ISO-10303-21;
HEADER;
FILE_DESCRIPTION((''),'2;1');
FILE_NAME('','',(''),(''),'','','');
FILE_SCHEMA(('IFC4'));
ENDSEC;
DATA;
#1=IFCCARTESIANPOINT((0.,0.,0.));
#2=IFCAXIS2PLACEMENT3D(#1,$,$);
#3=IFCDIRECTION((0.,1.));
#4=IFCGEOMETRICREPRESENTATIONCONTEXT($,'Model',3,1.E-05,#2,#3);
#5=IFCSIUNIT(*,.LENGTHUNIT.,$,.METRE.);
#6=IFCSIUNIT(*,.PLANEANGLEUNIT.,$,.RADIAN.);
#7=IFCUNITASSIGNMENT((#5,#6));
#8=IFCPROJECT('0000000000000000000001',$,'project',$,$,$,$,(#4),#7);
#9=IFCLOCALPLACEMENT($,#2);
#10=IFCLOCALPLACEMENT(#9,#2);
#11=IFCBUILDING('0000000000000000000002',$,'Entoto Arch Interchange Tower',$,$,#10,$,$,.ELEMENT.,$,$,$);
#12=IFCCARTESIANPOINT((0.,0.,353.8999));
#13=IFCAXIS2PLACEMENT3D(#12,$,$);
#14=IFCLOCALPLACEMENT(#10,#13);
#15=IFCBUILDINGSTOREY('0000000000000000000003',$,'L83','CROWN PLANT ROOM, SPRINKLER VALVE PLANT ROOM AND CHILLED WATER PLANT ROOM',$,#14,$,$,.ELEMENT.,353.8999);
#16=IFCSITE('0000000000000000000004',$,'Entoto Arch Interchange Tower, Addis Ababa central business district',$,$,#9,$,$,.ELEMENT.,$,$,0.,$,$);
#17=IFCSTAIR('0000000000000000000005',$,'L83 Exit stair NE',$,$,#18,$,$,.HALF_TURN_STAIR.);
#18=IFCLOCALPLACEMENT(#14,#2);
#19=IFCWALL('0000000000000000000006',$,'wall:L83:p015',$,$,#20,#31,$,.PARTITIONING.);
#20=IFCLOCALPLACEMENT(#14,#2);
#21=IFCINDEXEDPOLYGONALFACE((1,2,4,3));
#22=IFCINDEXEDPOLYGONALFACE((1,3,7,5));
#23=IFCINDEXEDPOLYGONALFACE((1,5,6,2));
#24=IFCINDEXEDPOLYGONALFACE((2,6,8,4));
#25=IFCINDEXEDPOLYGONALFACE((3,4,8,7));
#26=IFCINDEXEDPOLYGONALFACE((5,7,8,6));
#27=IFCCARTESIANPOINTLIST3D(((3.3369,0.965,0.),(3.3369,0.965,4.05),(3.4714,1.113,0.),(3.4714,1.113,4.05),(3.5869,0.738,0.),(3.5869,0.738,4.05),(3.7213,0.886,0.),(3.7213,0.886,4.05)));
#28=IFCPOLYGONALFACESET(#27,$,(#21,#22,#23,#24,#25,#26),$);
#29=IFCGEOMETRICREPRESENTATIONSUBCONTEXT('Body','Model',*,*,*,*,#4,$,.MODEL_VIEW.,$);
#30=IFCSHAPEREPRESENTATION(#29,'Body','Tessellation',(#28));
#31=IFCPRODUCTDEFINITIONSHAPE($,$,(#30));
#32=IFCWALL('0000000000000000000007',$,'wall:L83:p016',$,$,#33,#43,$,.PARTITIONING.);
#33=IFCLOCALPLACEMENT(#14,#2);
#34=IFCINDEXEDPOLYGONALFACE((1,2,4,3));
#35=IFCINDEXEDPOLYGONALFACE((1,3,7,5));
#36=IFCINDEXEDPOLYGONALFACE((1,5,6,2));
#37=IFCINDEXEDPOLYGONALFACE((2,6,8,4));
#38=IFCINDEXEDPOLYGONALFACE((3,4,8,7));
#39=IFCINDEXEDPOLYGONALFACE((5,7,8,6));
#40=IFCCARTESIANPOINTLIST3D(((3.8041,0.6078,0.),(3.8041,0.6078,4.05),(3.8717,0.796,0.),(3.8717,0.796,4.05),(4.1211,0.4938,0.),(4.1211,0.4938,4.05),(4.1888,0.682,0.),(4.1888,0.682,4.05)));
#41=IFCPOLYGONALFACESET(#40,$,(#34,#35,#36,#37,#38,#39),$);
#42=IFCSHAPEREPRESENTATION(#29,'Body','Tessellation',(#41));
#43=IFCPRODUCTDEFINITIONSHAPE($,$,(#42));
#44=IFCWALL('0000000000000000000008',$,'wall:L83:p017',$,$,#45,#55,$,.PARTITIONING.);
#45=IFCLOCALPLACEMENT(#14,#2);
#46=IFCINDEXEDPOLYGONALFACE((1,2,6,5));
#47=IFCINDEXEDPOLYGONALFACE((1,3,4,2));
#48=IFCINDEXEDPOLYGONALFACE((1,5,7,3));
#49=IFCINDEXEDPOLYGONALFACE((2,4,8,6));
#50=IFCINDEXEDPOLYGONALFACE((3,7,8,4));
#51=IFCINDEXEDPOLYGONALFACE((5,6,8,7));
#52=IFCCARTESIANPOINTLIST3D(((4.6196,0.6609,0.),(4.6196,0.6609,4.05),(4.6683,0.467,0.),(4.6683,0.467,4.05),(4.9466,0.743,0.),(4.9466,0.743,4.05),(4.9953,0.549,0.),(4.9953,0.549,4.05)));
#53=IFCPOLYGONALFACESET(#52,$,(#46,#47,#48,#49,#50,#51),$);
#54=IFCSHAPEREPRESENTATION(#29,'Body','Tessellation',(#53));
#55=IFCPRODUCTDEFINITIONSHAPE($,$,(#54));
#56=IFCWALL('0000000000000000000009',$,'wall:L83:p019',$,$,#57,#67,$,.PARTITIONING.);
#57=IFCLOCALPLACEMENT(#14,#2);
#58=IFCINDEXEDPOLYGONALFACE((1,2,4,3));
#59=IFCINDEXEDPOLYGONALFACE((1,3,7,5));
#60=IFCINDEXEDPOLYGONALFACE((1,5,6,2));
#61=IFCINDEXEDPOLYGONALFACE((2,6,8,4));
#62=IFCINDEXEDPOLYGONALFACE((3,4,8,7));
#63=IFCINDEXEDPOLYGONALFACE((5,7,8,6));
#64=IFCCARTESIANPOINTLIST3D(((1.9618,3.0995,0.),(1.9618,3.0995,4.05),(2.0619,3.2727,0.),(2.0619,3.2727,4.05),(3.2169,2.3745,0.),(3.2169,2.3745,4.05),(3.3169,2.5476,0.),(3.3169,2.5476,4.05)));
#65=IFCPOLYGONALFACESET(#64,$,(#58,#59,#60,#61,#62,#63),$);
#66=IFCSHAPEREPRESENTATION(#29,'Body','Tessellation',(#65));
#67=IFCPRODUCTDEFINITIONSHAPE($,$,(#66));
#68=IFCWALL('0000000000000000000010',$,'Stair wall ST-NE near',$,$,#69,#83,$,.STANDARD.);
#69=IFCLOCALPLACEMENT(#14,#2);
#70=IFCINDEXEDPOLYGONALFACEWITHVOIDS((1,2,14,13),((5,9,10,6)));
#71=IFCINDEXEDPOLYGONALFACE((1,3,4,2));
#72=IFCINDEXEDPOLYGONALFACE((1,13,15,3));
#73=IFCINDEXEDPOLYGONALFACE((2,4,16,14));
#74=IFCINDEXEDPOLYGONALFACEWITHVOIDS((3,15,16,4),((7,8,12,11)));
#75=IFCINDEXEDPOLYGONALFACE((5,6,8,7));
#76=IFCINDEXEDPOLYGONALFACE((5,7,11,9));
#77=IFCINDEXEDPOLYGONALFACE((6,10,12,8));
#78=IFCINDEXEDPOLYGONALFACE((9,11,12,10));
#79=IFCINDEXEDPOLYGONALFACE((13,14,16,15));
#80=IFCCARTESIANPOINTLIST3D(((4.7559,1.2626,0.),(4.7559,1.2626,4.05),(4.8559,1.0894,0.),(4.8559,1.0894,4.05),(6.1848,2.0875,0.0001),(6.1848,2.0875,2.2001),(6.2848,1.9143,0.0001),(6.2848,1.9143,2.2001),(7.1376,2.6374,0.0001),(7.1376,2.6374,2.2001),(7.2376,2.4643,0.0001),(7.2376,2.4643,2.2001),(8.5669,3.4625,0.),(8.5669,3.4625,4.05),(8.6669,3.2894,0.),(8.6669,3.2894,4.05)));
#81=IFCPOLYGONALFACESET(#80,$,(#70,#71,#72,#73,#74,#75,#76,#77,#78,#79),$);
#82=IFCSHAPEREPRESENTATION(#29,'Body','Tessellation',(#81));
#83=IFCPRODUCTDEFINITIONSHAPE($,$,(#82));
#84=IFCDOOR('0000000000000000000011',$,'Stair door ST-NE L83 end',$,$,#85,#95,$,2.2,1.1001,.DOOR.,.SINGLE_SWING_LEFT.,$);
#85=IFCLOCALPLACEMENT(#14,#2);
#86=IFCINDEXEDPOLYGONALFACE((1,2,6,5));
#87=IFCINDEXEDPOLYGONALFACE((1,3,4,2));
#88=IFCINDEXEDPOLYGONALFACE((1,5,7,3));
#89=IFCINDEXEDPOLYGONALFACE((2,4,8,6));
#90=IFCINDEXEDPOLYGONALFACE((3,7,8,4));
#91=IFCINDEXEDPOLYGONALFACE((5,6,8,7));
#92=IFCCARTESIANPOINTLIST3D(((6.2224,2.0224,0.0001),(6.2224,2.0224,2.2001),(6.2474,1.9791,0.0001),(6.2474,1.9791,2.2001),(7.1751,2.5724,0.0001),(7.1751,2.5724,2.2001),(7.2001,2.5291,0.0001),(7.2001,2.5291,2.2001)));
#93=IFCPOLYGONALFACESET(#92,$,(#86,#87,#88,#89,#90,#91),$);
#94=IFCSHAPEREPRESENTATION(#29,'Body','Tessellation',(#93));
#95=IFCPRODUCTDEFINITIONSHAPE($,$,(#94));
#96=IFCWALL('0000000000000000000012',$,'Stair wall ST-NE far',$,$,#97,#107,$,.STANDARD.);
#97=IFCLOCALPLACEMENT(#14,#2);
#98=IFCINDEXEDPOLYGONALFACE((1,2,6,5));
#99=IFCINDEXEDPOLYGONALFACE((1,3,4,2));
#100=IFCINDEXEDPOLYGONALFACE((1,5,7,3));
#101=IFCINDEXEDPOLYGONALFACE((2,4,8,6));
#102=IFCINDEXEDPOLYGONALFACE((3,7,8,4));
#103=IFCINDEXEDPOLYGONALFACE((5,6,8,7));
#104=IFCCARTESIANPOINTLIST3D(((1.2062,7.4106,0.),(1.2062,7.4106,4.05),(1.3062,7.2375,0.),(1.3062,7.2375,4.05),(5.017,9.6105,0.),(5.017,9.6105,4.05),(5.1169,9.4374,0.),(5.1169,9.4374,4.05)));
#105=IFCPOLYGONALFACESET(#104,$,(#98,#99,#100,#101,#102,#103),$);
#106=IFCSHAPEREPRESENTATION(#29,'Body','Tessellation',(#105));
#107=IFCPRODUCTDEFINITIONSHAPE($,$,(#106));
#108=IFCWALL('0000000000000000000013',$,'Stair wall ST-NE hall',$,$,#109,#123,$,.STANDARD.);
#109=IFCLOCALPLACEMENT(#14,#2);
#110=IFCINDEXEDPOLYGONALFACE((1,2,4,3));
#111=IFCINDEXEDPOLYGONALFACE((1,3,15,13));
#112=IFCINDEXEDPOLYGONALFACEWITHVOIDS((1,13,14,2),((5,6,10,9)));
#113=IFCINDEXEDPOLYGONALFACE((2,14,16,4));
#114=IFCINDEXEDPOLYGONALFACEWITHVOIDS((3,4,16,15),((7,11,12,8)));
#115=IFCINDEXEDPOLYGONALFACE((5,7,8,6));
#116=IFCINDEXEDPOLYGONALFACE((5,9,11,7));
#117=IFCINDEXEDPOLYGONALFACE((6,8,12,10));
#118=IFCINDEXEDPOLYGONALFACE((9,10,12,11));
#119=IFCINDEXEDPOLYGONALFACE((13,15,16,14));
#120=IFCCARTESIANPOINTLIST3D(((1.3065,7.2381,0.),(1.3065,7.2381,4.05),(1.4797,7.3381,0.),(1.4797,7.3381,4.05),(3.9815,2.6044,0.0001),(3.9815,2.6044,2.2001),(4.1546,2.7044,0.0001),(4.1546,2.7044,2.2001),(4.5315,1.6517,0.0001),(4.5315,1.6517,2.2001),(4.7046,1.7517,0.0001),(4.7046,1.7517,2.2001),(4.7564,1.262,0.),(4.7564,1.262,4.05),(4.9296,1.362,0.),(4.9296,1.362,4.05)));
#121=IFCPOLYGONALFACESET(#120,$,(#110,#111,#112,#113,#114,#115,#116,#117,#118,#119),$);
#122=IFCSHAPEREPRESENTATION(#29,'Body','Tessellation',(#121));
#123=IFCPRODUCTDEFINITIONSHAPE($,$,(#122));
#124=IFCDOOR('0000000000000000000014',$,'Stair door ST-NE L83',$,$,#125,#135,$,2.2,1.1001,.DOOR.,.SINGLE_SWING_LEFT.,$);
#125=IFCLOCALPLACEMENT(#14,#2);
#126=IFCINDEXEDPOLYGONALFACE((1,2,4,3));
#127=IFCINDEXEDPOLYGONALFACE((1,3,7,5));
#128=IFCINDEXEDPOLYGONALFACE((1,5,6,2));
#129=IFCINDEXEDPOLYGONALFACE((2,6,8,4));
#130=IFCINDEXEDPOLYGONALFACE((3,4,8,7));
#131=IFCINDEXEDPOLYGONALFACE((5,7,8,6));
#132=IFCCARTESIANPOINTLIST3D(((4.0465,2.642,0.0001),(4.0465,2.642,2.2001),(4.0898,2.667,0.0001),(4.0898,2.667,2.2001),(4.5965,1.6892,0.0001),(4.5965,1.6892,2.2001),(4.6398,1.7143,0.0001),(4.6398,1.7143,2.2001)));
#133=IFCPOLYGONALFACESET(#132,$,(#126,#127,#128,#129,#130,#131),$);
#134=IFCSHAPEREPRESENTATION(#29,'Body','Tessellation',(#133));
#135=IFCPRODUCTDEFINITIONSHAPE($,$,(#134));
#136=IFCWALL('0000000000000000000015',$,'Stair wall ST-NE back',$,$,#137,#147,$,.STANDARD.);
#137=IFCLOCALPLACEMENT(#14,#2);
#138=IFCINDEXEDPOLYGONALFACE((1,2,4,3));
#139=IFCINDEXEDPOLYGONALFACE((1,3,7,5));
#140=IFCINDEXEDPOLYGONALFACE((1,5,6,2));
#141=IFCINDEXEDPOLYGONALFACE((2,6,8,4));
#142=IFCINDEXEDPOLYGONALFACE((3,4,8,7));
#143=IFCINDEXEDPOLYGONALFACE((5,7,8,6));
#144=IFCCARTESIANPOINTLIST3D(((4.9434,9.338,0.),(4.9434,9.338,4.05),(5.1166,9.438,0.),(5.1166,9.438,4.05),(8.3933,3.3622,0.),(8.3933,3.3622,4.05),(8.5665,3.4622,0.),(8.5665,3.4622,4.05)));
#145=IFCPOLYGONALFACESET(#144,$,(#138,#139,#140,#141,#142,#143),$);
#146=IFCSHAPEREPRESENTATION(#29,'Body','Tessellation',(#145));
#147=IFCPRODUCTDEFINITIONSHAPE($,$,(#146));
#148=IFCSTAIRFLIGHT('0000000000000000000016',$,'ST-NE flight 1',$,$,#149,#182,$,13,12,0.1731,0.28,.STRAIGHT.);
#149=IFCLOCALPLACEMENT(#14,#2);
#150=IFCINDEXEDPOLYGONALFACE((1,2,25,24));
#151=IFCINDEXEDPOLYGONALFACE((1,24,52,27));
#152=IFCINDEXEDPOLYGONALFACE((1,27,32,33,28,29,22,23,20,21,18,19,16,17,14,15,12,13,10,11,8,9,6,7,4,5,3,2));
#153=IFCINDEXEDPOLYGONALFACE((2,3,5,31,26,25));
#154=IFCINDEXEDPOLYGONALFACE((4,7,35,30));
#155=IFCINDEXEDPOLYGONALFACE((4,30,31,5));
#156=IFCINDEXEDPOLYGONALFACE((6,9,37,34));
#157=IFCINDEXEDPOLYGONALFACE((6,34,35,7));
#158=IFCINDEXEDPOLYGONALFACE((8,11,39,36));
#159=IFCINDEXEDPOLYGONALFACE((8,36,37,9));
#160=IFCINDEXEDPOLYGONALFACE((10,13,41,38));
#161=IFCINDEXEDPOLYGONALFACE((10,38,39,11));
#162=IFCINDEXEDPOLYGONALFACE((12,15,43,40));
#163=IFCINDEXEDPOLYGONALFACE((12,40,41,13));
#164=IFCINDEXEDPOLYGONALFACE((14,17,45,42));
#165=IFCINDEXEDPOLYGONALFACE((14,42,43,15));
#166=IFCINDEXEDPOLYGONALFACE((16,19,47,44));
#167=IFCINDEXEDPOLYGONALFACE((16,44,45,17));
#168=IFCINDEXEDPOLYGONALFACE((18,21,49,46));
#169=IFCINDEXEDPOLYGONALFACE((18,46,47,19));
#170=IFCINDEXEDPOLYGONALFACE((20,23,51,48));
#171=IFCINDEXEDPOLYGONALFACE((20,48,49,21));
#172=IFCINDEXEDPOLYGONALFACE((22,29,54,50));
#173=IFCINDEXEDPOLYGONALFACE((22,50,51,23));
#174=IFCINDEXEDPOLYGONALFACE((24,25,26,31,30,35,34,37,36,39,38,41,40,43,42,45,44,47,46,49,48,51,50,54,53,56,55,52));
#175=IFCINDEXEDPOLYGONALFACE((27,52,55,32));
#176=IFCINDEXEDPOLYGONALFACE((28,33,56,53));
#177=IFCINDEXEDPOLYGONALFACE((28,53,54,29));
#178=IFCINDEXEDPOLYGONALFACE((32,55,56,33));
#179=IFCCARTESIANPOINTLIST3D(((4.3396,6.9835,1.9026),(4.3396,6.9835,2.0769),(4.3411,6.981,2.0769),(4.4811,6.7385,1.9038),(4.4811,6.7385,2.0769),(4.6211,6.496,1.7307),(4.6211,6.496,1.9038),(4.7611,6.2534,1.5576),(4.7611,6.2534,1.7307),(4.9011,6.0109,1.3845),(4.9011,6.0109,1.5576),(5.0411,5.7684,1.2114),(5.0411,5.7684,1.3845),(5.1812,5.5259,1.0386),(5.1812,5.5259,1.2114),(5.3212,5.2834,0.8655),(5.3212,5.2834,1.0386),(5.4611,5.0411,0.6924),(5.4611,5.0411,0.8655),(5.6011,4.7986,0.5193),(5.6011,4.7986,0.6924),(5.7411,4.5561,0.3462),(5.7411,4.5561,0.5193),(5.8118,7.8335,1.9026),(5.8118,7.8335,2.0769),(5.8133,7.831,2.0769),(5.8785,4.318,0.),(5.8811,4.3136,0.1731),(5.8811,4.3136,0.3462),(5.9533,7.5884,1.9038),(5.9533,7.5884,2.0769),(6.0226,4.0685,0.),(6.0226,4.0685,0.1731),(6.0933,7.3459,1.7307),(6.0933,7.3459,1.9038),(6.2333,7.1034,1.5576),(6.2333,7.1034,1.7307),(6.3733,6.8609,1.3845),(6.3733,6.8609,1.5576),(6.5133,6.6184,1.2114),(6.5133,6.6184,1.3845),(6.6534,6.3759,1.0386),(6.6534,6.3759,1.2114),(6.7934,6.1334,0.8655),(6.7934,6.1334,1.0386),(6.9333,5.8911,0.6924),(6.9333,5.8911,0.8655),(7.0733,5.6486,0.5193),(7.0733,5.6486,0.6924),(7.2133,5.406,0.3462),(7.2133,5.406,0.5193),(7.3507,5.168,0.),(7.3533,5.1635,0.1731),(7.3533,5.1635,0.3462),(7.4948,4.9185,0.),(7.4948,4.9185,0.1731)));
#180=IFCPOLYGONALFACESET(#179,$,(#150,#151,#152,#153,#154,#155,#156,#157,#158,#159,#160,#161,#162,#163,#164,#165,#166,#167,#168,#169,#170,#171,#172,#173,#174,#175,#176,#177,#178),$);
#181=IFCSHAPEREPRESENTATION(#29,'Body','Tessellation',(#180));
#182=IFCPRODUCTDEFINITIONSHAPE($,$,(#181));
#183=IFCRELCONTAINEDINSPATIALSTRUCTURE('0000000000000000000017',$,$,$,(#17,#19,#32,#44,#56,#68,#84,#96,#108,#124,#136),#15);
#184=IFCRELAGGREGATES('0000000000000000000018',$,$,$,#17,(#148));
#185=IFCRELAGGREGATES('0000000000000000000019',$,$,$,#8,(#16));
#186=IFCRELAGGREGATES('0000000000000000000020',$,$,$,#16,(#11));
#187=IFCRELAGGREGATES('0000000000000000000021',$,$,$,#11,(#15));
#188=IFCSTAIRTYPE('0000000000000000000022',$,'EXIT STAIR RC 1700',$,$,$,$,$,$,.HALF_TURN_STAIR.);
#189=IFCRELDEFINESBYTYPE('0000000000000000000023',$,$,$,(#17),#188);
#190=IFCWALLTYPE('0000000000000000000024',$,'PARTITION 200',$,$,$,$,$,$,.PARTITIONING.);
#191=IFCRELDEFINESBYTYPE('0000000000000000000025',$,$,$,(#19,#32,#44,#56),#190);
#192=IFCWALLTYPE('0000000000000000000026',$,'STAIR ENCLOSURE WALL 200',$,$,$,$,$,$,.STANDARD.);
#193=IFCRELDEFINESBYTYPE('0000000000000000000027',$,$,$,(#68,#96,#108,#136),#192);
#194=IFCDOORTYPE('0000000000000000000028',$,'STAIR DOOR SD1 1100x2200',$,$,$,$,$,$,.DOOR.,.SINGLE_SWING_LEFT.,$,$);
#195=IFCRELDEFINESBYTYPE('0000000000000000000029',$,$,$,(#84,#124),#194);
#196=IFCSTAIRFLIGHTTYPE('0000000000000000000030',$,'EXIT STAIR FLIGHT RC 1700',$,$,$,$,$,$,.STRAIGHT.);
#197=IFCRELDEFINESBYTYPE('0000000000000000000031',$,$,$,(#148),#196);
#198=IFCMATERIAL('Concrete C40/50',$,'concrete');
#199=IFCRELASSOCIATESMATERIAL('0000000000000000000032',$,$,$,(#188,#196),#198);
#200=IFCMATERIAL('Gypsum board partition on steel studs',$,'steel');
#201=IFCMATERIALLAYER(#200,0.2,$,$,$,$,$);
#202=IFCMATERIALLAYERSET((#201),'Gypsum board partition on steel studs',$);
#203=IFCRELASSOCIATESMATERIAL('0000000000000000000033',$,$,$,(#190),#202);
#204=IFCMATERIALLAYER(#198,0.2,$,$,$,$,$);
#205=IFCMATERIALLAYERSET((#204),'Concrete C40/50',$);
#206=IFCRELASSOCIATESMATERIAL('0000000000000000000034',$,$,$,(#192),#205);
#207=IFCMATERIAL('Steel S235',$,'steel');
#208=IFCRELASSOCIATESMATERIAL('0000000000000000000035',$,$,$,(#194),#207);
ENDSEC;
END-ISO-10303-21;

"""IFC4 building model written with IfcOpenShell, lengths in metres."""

from ifc_helpers import new_model, si_unit, direction, frame, frame_2d, origin, place, context, subcontext, project, spatial, polyline, rectangle, outline, extrude, material, layer, layer_set, type_object, element, fill, aggregate, save


model = new_model("IFC4")

# Units and contexts
model_context = context("Model", 3, precision=1e-05, world=origin(), true_north=direction((0.0, 1.0)))
body_context = subcontext(model_context, "Body", "Model", "MODEL_VIEW")
ifc_project = project(units=[si_unit("LENGTHUNIT", "METRE"), si_unit("PLANEANGLEUNIT", "RADIAN")], contexts=[model_context])

# Site, building, storey
site_placement = place(None, origin())
site = spatial("IfcSite", under=ifc_project, at=site_placement, Name="Entoto Arch Interchange Tower, Addis Ababa central business district", CompositionType="ELEMENT", RefElevation=0.0)
building_placement = place(site_placement, origin())
building = spatial("IfcBuilding", under=site, at=building_placement, Name="Entoto Arch Interchange Tower", CompositionType="ELEMENT")
storey_placement = place(building_placement, frame((0.0, 0.0, 353.8999)))
storey = spatial("IfcBuildingStorey", under=building, at=storey_placement, Name="L83", Description="CROWN PLANT ROOM, SPRINKLER VALVE PLANT ROOM AND CHILLED WATER PLANT ROOM", CompositionType="ELEMENT", Elevation=353.8999)

# Shared definitions
ifc_material_1 = material(Name="Concrete C40/50", Category="concrete")

# Stair
stair_type = type_object("IfcStairType", Name="EXIT STAIR RC 1700", PredefinedType="HALF_TURN_STAIR", material=ifc_material_1)
stair_1_placement = place(storey_placement, origin())
stair_1 = element("IfcStair", 1, at=stair_1_placement, inside=storey, type_object=stair_type, Name="L83 Exit stair NE", PredefinedType="HALF_TURN_STAIR")

# Shared definitions
ifc_material_2 = material(Name="Gypsum board partition on steel studs", Category="steel")
ifc_layer_1 = layer(ifc_material_2, 0.2)
ifc_layer_set_1 = layer_set([ifc_layer_1], Name="Gypsum board partition on steel studs")
wall_type_1 = type_object("IfcWallType", Name="PARTITION 200", PredefinedType="PARTITIONING", material=ifc_layer_set_1)

# Walls
for number, where, z_axis, x_axis, name in (
    (2, (3.4041, 1.0391, 0.0), (0.0, 0.0, 1.0), (0.740267, -0.672313, 0.0), "wall:L83:p015"),
):
    element("IfcWall", number, at=place(storey_placement, frame(where, z_axis=z_axis, x_axis=x_axis)), inside=storey, type_object=wall_type_1, Name=name, PredefinedType="PARTITIONING", context=body_context, shape_type="SweptSolid", body=[
        extrude(rectangle(XDim=0.3376, YDim=0.2, at=frame_2d((0.1689, 0.0))), origin(), (0.0, 0.0, 1.0), 4.05),
    ])
wall_1_placement = place(storey_placement, frame((3.8379, 0.7019, 0.0), z_axis=(0.0, 0.0, 1.0), x_axis=(0.941035, -0.338309, 0.0)))
element("IfcWall", 3, at=wall_1_placement, inside=storey, type_object=wall_type_1, Name="wall:L83:p016", PredefinedType="PARTITIONING", context=body_context, shape_type="SweptSolid", body=[
    extrude(rectangle(XDim=0.3369, YDim=0.2, at=frame_2d((0.1685, 0.0))), origin(), (0.0, 0.0, 1.0), 4.05),
])
wall_2_placement = place(storey_placement, frame((4.644, 0.564, 0.0), z_axis=(0.0, 0.0, 1.0), x_axis=(0.969929, 0.243388, 0.0)))
element("IfcWall", 4, at=wall_2_placement, inside=storey, type_object=wall_type_1, Name="wall:L83:p017", PredefinedType="PARTITIONING", context=body_context, shape_type="SweptSolid", body=[
    extrude(rectangle(XDim=0.3372, YDim=0.2, at=frame_2d((0.1685, 0.0))), origin(), (0.0, 0.0, 1.0), 4.05),
])
wall_3_placement = place(storey_placement, frame((2.012, 3.186, 0.0), z_axis=(0.0, 0.0, 1.0), x_axis=(0.865891, -0.500233, 0.0)))
element("IfcWall", 5, at=wall_3_placement, inside=storey, type_object=wall_type_1, Name="wall:L83:p019", PredefinedType="PARTITIONING", context=body_context, shape_type="SweptSolid", body=[
    extrude(rectangle(XDim=1.4495, YDim=0.2, at=frame_2d((0.7246, 0.0))), origin(), (0.0, 0.0, 1.0), 4.05),
])

# Wall, opening, door
ifc_layer_2 = layer(ifc_material_1, 0.2)
ifc_layer_set_2 = layer_set([ifc_layer_2], Name="Concrete C40/50")
wall_type_2 = type_object("IfcWallType", Name="STAIR ENCLOSURE WALL 200", PredefinedType="STANDARD", material=ifc_layer_set_2)
wall_4_placement = place(storey_placement, frame((4.8059, 1.176, 0.0), z_axis=(0.0, 0.0, 1.0), x_axis=(0.86606, 0.49994, 0.0)))
wall_4 = element("IfcWall", 6, at=wall_4_placement, inside=storey, type_object=wall_type_2, Name="Stair wall ST-NE near", PredefinedType="STANDARD", context=body_context, shape_type="SweptSolid", body=[
    extrude(rectangle(XDim=4.4004, YDim=0.2, at=frame_2d((2.2002, 0.0))), origin(), (0.0, 0.0, 1.0), 4.05),
])
opening_1_placement = place(wall_4_placement, frame((1.6499, 0.0, 0.0)))
opening_1 = element("IfcOpeningElement", 7, at=opening_1_placement, cuts=wall_4, PredefinedType="OPENING", context=body_context, shape_type="SweptSolid", body=[
    extrude(rectangle(XDim=1.1001, YDim=2.2, at=frame_2d((0.55, 1.1001))), frame((0.0, 0.1099, 0.0), z_axis=(0.0, -1.0, 0.0), x_axis=(1.0, 0.0, 0.0)), (0.0, 0.0, 1.0), 0.22),
])
ifc_material_3 = material(Name="Steel S235", Category="steel")
door_type_1 = type_object("IfcDoorType", Name="STAIR DOOR SD1 1100x2200", OperationType="SINGLE_SWING_LEFT", PredefinedType="DOOR", material=ifc_material_3)
door_1_placement = place(opening_1_placement, origin())
door_1 = element("IfcDoor", 8, at=door_1_placement, inside=storey, type_object=door_type_1, Name="Stair door ST-NE L83 end", OperationType="SINGLE_SWING_LEFT", OverallHeight=2.2, OverallWidth=1.1001, PredefinedType="DOOR", context=body_context, shape_type="SweptSolid", body=[
    extrude(rectangle(XDim=1.1001, YDim=2.2, at=frame_2d((0.55, 1.1001))), frame((0.0, 0.0249, 0.0), z_axis=(0.0, -1.0, 0.0), x_axis=(1.0, 0.0, 0.0)), (0.0, 0.0, 1.0), 0.05),
])
fill(opening_1, door_1)

# Wall
wall_5_placement = place(storey_placement, frame((1.2561, 7.324, 0.0), z_axis=(0.0, 0.0, 1.0), x_axis=(0.866046, 0.499964, 0.0)))
element("IfcWall", 9, at=wall_5_placement, inside=storey, type_object=wall_type_2, Name="Stair wall ST-NE far", PredefinedType="STANDARD", context=body_context, shape_type="SweptSolid", body=[
    extrude(rectangle(XDim=4.4001, YDim=0.2, at=frame_2d((2.2002, 0.0))), origin(), (0.0, 0.0, 1.0), 4.05),
])

# Wall, opening, door
wall_6_placement = place(storey_placement, frame((4.843, 1.312, 0.0), z_axis=(0.0, 0.0, 1.0), x_axis=(-0.499963, 0.866047, 0.0)))
wall_6 = element("IfcWall", 10, at=wall_6_placement, inside=storey, type_object=wall_type_2, Name="Stair wall ST-NE hall", PredefinedType="STANDARD", context=body_context, shape_type="SweptSolid", body=[
    extrude(rectangle(XDim=6.9004, YDim=0.2, at=frame_2d((3.4502, 0.0))), origin(), (0.0, 0.0, 1.0), 4.05),
])
opening_2_placement = place(wall_6_placement, frame((0.45, 0.0, 0.0)))
opening_2 = element("IfcOpeningElement", 11, at=opening_2_placement, cuts=wall_6, PredefinedType="OPENING", context=body_context, shape_type="SweptSolid", body=[
    extrude(rectangle(XDim=1.1001, YDim=2.2, at=frame_2d((0.55, 1.1001))), frame((0.0, 0.1099, 0.0), z_axis=(0.0, -1.0, 0.0), x_axis=(1.0, 0.0, 0.0)), (0.0, 0.0, 1.0), 0.22),
])
door_2_placement = place(opening_2_placement, origin())
door_2 = element("IfcDoor", 12, at=door_2_placement, inside=storey, type_object=door_type_1, Name="Stair door ST-NE L83", OperationType="SINGLE_SWING_LEFT", OverallHeight=2.2, OverallWidth=1.1001, PredefinedType="DOOR", context=body_context, shape_type="SweptSolid", body=[
    extrude(rectangle(XDim=1.1001, YDim=2.2, at=frame_2d((0.55, 1.1001))), frame((0.0, 0.0249, 0.0), z_axis=(0.0, -1.0, 0.0), x_axis=(1.0, 0.0, 0.0)), (0.0, 0.0, 1.0), 0.05),
])
fill(opening_2, door_2)

# Wall
wall_7_placement = place(storey_placement, frame((8.48, 3.4121, 0.0), z_axis=(0.0, 0.0, 1.0), x_axis=(-0.499979, 0.866038, 0.0)))
element("IfcWall", 13, at=wall_7_placement, inside=storey, type_object=wall_type_2, Name="Stair wall ST-NE back", PredefinedType="STANDARD", context=body_context, shape_type="SweptSolid", body=[
    extrude(rectangle(XDim=6.9001, YDim=0.2, at=frame_2d((3.4502, 0.0))), origin(), (0.0, 0.0, 1.0), 4.05),
])

# Stair flight
stair_flight_type = type_object("IfcStairFlightType", Name="EXIT STAIR FLIGHT RC 1700", PredefinedType="STRAIGHT", material=ifc_material_1)
stair_flight_1_placement = place(storey_placement, frame((6.7573, 4.4961, 0.0), z_axis=(0.0, 0.0, 1.0), x_axis=(-0.5, 0.866025, 0.0)))
stair_flight_1 = element("IfcStairFlight", 14, at=stair_flight_1_placement, type_object=stair_flight_type, Name="ST-NE flight 1", NumberOfRisers=13, NumberOfTreads=12, PredefinedType="STRAIGHT", RiserHeight=0.1731, TreadLength=0.28, context=body_context, shape_type="SweptSolid", body=[
    extrude(outline(polyline([(-0.0029, 0.0), (-0.0029, 0.1731), (0.28, 0.1731), (0.28, 0.3462), (0.5601, 0.3462), (0.5601, 0.5193), (0.8401, 0.5193), (0.8401, 0.6924), (1.1201, 0.6924), (1.1201, 0.8655), (1.3999, 0.8655), (1.3999, 1.0386), (1.6799, 1.0386), (1.6799, 1.2114), (1.96, 1.2114), (1.96, 1.3845), (2.24, 1.3845), (2.24, 1.5576), (2.52, 1.5576), (2.52, 1.7307), (2.8, 1.7307), (2.8, 1.9038), (3.0801, 1.9038), (3.0801, 2.0769), (3.3601, 2.0769), (3.363, 2.0769), (3.363, 1.9026), (0.2852, 0.0), (-0.0029, 0.0)])), frame((0.0, 0.8501, 0.0), z_axis=(0.0, -1.0, 0.0), x_axis=(1.0, 0.0, 0.0)), (0.0, 0.0, 1.0), 1.7),
])
aggregate(stair_1, [stair_flight_1])

save(model, "model.ifc")
